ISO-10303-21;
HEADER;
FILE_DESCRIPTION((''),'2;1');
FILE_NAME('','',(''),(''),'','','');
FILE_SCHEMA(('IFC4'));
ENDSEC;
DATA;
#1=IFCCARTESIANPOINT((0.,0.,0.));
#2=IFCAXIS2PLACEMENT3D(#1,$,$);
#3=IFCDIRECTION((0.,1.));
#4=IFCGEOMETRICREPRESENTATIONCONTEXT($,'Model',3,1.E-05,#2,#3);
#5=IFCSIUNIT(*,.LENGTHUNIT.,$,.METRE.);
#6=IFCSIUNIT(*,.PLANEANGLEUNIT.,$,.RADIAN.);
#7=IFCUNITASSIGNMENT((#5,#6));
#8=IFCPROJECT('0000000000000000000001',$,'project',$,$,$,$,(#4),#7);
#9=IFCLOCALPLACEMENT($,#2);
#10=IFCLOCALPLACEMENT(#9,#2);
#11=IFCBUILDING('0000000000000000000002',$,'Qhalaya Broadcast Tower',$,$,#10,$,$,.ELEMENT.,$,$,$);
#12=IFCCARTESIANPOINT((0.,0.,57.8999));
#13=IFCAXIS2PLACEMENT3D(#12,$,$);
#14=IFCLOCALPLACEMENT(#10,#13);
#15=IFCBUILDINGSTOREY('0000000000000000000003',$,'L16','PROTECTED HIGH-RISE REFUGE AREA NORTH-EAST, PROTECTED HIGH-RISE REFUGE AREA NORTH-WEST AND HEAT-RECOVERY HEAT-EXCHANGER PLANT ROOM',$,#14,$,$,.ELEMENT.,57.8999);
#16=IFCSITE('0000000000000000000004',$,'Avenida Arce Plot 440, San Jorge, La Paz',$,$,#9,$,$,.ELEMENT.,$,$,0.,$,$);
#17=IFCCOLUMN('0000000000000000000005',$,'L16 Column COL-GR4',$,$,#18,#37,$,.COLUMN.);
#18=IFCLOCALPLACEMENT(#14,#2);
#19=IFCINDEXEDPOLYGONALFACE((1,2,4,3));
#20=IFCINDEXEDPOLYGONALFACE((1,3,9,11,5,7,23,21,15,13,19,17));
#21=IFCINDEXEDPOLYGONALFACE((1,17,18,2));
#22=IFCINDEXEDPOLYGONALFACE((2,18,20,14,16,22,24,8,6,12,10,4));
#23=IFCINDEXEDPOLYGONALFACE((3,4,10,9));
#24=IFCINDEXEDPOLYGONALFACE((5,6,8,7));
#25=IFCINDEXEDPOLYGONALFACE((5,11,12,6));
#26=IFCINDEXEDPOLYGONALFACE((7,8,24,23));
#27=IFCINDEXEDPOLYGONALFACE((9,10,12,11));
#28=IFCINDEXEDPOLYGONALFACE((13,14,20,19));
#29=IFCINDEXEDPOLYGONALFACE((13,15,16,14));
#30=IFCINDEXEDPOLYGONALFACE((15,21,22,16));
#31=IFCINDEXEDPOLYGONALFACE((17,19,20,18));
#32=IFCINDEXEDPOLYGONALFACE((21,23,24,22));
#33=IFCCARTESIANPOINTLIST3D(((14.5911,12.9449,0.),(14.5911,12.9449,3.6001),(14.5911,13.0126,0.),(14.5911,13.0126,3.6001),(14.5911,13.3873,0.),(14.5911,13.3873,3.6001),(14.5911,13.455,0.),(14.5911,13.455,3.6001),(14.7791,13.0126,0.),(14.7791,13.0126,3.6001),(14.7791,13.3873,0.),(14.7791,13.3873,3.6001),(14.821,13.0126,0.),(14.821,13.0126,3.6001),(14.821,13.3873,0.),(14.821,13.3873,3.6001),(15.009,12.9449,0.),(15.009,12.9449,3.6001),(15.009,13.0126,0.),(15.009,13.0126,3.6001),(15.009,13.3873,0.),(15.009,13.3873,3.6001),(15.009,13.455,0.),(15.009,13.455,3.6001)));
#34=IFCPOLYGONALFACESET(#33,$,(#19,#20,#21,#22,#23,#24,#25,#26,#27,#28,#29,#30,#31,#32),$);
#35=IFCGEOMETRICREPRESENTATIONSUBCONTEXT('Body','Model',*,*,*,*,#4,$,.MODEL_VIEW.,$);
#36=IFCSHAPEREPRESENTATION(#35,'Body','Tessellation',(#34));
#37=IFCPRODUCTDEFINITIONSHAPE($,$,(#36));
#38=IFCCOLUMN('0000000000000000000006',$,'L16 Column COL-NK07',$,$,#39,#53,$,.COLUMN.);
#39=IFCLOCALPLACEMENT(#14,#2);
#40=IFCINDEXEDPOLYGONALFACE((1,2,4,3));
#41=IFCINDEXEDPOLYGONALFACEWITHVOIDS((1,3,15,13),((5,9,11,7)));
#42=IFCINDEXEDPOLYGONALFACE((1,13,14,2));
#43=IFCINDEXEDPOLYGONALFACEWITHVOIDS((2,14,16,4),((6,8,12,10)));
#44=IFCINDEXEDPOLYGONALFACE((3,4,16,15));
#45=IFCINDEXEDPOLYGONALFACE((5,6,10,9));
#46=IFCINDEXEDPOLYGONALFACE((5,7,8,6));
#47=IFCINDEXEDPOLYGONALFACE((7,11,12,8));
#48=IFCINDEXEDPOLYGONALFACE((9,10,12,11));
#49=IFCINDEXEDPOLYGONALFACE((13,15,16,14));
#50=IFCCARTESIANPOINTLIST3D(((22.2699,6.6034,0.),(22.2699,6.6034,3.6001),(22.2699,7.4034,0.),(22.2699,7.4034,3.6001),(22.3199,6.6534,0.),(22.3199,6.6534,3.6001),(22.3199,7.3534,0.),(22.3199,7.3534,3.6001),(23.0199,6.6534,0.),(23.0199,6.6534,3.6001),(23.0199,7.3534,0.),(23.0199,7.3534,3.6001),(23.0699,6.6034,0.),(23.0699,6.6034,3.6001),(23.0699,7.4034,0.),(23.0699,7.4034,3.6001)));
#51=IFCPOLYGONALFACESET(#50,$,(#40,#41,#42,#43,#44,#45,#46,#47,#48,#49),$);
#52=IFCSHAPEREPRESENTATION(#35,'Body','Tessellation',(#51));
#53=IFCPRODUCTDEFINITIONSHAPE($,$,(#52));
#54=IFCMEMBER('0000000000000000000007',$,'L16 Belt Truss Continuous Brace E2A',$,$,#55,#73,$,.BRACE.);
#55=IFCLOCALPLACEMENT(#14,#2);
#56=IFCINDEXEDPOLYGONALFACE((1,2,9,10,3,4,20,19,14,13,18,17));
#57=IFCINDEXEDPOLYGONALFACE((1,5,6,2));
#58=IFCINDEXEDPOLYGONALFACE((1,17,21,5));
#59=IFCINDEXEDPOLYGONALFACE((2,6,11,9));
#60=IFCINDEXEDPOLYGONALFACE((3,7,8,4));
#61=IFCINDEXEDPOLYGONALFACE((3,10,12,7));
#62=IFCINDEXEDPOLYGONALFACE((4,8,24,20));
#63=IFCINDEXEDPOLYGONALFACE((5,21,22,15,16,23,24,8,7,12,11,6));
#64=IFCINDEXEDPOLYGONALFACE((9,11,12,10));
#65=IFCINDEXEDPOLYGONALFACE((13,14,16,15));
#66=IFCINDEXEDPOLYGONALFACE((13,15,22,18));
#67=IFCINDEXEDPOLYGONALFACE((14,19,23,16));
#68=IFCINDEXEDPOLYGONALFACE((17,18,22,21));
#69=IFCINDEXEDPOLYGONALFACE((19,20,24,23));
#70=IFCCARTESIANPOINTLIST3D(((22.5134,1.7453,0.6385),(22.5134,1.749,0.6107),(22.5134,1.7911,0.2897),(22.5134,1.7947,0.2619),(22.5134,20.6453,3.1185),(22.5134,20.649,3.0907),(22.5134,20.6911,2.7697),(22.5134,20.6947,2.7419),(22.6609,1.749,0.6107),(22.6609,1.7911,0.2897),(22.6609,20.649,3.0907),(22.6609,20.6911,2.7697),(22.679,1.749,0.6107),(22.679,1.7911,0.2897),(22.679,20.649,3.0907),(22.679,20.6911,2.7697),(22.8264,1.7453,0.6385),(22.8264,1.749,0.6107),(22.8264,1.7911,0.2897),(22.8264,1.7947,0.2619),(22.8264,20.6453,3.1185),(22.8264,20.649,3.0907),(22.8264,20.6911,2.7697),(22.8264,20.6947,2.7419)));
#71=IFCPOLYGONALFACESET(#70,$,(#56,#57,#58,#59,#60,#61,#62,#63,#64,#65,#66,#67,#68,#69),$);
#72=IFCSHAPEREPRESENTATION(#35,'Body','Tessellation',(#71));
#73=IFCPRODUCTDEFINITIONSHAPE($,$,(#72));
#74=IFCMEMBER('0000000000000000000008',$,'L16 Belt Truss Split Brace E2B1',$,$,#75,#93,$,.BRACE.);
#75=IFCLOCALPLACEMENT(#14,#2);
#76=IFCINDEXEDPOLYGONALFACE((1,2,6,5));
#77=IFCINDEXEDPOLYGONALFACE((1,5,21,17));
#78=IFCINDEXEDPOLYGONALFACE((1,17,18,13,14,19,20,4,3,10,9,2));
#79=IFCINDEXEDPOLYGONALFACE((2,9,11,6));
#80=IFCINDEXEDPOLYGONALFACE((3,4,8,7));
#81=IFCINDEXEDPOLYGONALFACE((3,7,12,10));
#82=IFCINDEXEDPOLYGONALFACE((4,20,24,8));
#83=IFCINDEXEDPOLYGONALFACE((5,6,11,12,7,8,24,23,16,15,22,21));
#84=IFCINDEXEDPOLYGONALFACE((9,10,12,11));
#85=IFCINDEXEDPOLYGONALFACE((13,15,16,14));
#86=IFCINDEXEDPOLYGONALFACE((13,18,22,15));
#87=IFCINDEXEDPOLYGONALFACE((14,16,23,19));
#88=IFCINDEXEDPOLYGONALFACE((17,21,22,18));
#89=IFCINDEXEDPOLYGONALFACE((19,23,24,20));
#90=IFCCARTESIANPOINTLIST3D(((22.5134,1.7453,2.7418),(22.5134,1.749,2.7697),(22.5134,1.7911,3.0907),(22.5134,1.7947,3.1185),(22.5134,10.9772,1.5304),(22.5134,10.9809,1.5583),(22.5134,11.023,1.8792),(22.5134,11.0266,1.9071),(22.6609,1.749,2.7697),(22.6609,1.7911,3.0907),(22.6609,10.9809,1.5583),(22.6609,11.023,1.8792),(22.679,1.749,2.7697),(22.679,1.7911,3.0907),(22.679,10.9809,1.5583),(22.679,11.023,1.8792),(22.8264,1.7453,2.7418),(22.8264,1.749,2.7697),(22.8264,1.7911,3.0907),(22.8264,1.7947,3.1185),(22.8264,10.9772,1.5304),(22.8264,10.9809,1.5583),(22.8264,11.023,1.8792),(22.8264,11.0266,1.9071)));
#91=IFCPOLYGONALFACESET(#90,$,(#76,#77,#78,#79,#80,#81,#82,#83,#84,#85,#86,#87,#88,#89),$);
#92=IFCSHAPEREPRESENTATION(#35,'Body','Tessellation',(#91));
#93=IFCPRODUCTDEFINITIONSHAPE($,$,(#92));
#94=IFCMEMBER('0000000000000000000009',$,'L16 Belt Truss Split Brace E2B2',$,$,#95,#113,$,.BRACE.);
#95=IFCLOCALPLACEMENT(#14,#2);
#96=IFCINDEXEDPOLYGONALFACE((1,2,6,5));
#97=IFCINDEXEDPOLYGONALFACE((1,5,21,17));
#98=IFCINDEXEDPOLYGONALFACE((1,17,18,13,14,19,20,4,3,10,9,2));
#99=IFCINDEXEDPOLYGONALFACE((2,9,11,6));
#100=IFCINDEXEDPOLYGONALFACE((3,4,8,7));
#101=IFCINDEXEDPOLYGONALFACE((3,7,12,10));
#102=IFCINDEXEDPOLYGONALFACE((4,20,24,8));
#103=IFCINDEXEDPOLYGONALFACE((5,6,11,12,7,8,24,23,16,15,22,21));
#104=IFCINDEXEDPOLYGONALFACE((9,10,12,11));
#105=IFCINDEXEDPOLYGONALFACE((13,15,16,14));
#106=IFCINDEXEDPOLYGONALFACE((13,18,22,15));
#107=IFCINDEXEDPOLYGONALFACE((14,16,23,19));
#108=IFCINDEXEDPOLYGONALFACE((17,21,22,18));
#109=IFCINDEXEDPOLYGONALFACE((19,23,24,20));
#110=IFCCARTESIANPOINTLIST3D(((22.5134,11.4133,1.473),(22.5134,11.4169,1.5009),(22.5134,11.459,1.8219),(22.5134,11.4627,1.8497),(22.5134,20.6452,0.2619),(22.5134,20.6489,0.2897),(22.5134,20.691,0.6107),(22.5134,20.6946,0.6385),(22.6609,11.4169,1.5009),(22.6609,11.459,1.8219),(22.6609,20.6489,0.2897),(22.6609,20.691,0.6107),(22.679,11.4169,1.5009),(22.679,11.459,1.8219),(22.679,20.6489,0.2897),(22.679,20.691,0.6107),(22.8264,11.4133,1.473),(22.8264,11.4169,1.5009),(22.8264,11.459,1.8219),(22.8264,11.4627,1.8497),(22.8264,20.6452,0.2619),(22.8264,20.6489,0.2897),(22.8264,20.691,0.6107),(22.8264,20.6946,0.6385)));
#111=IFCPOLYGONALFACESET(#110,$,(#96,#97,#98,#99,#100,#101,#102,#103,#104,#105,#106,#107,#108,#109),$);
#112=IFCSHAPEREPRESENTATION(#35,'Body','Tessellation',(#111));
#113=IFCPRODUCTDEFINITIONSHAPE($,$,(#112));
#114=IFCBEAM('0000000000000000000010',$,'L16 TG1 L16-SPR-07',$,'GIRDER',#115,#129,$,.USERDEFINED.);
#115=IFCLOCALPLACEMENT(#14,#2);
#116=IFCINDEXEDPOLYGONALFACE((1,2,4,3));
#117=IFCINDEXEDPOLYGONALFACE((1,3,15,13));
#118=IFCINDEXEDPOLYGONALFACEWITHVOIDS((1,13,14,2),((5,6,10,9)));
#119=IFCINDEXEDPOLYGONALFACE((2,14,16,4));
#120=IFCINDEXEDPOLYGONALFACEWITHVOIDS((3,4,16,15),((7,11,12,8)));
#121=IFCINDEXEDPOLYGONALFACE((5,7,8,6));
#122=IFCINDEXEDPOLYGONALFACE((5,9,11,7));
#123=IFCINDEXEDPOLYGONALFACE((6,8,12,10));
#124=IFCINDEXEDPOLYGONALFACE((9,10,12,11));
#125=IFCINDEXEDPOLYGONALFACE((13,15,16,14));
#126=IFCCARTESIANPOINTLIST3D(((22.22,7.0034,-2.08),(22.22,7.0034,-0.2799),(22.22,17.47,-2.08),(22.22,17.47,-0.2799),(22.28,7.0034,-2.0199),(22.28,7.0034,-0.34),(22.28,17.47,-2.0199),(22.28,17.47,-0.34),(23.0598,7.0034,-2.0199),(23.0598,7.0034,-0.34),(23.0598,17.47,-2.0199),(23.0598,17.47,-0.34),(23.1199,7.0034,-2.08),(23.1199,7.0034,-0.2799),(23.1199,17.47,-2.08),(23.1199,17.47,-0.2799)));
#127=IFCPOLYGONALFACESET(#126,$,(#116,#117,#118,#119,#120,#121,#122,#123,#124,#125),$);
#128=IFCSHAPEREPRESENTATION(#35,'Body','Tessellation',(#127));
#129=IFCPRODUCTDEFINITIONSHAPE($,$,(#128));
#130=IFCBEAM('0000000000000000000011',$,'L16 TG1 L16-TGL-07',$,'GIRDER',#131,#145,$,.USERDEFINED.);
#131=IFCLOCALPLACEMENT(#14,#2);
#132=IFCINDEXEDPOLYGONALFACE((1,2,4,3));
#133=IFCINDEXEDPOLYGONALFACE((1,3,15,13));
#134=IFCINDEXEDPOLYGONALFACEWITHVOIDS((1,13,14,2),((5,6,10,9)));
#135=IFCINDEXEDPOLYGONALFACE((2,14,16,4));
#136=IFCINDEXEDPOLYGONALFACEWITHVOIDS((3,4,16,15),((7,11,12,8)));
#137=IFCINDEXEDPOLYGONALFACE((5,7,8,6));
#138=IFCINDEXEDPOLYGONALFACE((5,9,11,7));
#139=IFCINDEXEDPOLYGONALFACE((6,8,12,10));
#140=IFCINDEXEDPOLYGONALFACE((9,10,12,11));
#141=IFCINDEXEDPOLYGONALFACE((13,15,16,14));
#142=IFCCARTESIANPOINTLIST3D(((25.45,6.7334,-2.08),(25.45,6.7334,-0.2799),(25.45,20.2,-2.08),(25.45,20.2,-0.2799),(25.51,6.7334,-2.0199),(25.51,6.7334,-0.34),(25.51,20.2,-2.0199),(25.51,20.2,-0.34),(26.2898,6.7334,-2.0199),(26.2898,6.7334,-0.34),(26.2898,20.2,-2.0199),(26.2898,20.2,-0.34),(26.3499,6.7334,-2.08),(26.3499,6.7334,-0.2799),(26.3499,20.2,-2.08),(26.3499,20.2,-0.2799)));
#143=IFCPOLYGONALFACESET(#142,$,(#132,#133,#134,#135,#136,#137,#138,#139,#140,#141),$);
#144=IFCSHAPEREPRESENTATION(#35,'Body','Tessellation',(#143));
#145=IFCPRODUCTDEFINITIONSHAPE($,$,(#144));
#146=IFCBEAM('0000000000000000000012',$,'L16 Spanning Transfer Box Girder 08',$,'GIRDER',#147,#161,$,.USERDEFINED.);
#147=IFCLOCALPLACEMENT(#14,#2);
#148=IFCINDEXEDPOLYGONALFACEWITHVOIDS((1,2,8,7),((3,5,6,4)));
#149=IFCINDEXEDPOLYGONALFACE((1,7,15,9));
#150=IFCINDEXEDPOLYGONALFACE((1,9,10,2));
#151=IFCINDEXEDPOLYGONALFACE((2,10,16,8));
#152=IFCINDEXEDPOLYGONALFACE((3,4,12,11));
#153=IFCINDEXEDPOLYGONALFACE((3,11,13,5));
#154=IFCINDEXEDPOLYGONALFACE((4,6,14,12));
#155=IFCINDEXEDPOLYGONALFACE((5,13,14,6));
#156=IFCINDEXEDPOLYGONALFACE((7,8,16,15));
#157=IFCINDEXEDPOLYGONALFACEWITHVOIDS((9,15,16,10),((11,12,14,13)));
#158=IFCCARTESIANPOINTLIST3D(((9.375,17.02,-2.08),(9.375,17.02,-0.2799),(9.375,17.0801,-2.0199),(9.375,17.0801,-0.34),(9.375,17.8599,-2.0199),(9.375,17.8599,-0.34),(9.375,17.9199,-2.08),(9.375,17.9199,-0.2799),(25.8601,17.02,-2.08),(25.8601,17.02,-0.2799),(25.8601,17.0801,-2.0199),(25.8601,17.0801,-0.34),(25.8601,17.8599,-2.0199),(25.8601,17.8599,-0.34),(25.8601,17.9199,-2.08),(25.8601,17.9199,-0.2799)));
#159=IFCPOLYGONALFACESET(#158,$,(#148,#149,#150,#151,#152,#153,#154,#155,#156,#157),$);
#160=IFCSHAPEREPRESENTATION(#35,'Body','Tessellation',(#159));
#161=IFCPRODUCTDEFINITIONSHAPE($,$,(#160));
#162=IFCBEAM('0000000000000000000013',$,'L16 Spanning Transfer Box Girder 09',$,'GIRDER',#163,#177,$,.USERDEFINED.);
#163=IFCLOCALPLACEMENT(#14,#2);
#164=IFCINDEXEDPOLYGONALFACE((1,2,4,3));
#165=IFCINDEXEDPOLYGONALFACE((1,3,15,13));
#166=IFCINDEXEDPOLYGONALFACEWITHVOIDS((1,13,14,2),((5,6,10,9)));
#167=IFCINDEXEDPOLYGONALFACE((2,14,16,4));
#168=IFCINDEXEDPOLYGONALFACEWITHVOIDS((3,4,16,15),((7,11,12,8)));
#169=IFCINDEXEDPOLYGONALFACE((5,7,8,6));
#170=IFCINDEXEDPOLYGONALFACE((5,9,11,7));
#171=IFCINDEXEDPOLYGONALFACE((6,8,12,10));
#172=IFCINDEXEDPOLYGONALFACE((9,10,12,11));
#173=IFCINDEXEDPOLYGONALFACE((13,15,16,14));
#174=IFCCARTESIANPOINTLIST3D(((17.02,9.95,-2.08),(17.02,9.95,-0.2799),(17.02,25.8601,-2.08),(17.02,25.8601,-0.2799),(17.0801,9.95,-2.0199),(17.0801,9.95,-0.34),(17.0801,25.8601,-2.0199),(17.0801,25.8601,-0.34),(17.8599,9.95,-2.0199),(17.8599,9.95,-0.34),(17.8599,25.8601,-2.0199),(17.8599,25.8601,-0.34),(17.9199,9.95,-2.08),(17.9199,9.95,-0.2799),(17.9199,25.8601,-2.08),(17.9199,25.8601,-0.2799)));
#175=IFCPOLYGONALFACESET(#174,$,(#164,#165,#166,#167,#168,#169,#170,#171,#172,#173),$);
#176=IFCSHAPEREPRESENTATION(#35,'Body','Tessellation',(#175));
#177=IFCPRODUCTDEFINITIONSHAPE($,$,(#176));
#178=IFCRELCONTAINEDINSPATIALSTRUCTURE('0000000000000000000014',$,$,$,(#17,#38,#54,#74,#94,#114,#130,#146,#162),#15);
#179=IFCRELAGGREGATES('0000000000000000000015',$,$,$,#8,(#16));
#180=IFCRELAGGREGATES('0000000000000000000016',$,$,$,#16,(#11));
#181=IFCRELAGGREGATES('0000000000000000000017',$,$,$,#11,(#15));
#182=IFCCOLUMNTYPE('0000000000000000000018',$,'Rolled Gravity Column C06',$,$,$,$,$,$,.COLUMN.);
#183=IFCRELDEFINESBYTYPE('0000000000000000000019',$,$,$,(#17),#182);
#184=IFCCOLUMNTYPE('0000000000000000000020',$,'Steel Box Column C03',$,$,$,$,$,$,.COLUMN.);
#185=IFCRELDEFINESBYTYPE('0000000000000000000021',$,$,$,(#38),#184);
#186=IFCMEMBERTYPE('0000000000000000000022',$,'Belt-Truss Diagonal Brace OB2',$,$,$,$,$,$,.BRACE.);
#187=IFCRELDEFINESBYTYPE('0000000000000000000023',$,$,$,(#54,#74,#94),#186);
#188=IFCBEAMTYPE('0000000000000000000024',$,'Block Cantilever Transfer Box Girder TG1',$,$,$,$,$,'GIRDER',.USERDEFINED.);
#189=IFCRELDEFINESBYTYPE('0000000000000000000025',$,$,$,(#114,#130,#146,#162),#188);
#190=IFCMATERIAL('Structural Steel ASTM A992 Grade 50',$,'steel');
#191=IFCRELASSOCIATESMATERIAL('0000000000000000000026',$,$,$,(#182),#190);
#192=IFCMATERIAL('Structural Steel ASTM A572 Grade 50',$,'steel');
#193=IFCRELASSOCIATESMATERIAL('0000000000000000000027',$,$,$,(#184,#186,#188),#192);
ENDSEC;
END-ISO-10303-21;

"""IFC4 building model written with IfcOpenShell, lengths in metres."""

from ifc_helpers import new_model, si_unit, direction, frame, origin, origin_2d, place, context, subcontext, project, spatial, hollow_rectangle, i_section, extrude, material, material_profile, profile_set, type_object, element, save


model = new_model("IFC4")

# Units and contexts
model_context = context("Model", 3, precision=1e-05, world=origin(), true_north=direction((0.0, 1.0)))
body_context = subcontext(model_context, "Body", "Model", "MODEL_VIEW")
ifc_project = project(units=[si_unit("LENGTHUNIT", "METRE"), si_unit("PLANEANGLEUNIT", "RADIAN")], contexts=[model_context])

# Site, building, storey
site_placement = place(None, origin())
site = spatial("IfcSite", under=ifc_project, at=site_placement, Name="Avenida Arce Plot 440, San Jorge, La Paz", CompositionType="ELEMENT", RefElevation=0.0)
building_placement = place(site_placement, origin())
building = spatial("IfcBuilding", under=site, at=building_placement, Name="Qhalaya Broadcast Tower", CompositionType="ELEMENT")
storey_placement = place(building_placement, frame((0.0, 0.0, 57.8999)))
storey = spatial("IfcBuildingStorey", under=building, at=storey_placement, Name="L16", Description="PROTECTED HIGH-RISE REFUGE AREA NORTH-EAST, PROTECTED HIGH-RISE REFUGE AREA NORTH-WEST AND HEAT-RECOVERY HEAT-EXCHANGER PLANT ROOM", CompositionType="ELEMENT", Elevation=57.8999)

# Columns
ifc_material_1 = material(Name="Structural Steel ASTM A992 Grade 50", Category="steel")
ifc_material_profile_1 = material_profile(ifc_material_1, i_section(OverallWidth=0.418, OverallDepth=0.51, WebThickness=0.042, FlangeThickness=0.0676, at=origin_2d()), Name="W14X370")
ifc_profile_set_1 = profile_set([ifc_material_profile_1], Name="Structural Steel ASTM A992 Grade 50")
column_type_1 = type_object("IfcColumnType", Name="Rolled Gravity Column C06", PredefinedType="COLUMN", material=ifc_profile_set_1)
column_1_placement = place(storey_placement, frame((14.8, 13.2, 0.0), z_axis=(0.0, 0.0, 1.0), x_axis=(1.0, 0.0, 0.0)))
element("IfcColumn", 1, at=column_1_placement, inside=storey, type_object=column_type_1, Name="L16 Column COL-GR4", PredefinedType="COLUMN", context=body_context, shape_type="SweptSolid", body=[
    extrude(i_section(OverallWidth=0.418, OverallDepth=0.51, WebThickness=0.042, FlangeThickness=0.0676, at=origin_2d()), origin(), (0.0, 0.0, 1.0), 3.6001),
])
ifc_material_2 = material(Name="Structural Steel ASTM A572 Grade 50", Category="steel")
ifc_material_profile_2 = material_profile(ifc_material_2, hollow_rectangle(XDim=0.8, YDim=0.8, WallThickness=0.05, at=origin_2d()), Name="BOX 800x800x50")
ifc_profile_set_2 = profile_set([ifc_material_profile_2], Name="Structural Steel ASTM A572 Grade 50")
column_type_2 = type_object("IfcColumnType", Name="Steel Box Column C03", PredefinedType="COLUMN", material=ifc_profile_set_2)
column_2_placement = place(storey_placement, frame((22.6699, 7.0034, 0.0), z_axis=(0.0, 0.0, 1.0), x_axis=(0.0, 1.0, 0.0)))
element("IfcColumn", 2, at=column_2_placement, inside=storey, type_object=column_type_2, Name="L16 Column COL-NK07", PredefinedType="COLUMN", context=body_context, shape_type="SweptSolid", body=[
    extrude(hollow_rectangle(XDim=0.8, YDim=0.8, WallThickness=0.05, at=origin_2d()), origin(), (0.0, 0.0, 1.0), 3.6001),
])

# Members
ifc_material_profile_3 = material_profile(ifc_material_2, i_section(OverallWidth=0.313, OverallDepth=0.3799, WebThickness=0.0181, FlangeThickness=0.0281, at=origin_2d()), Name="W12X120")
ifc_profile_set_3 = profile_set([ifc_material_profile_3], Name="Structural Steel ASTM A572 Grade 50")
member_type = type_object("IfcMemberType", Name="Belt-Truss Diagonal Brace OB2", PredefinedType="BRACE", material=ifc_profile_set_3)
member_placement = place(storey_placement, frame((22.6699, 1.77, 0.4502), z_axis=(0.0, 0.991501, 0.130101), x_axis=(-1.0, 0.0, 0.0)))
element("IfcMember", 3, at=member_placement, inside=storey, type_object=member_type, Name="L16 Belt Truss Continuous Brace E2A", PredefinedType="BRACE", context=body_context, shape_type="SweptSolid", body=[
    extrude(i_section(OverallWidth=0.313, OverallDepth=0.3799, WebThickness=0.0181, FlangeThickness=0.0281, at=origin_2d()), origin(), (0.0, 0.0, 1.0), 19.062),
])
for number, where, z_axis, x_axis, name in (
    (4, (22.6699, 1.77, 2.9302), (0.0, 0.9915, -0.130106), (-1.0, 0.0, 0.0), "L16 Belt Truss Split Brace E2B1"),
    (5, (22.6699, 11.438, 1.6614), (0.0, 0.991503, -0.13008), (-1.0, 0.0, 0.0), "L16 Belt Truss Split Brace E2B2"),
):
    element("IfcMember", number, at=place(storey_placement, frame(where, z_axis=z_axis, x_axis=x_axis)), inside=storey, type_object=member_type, Name=name, PredefinedType="BRACE", context=body_context, shape_type="SweptSolid", body=[
        extrude(i_section(OverallWidth=0.313, OverallDepth=0.3799, WebThickness=0.0181, FlangeThickness=0.0281, at=origin_2d()), origin(), (0.0, 0.0, 1.0), 9.311),
    ])

# Beams
ifc_material_profile_4 = material_profile(ifc_material_2, hollow_rectangle(XDim=0.8999, YDim=1.8, WallThickness=0.0601, at=origin_2d()), Name="BOX 900x1800x60")
ifc_profile_set_4 = profile_set([ifc_material_profile_4], Name="Structural Steel ASTM A572 Grade 50")
beam_type = type_object("IfcBeamType", Name="Block Cantilever Transfer Box Girder TG1", ElementType="GIRDER", PredefinedType="USERDEFINED", material=ifc_profile_set_4)
beam_1_placement = place(storey_placement, frame((22.6699, 7.0034, -1.1799), z_axis=(0.0, 1.0, 0.0), x_axis=(-1.0, 0.0, 0.0)))
element("IfcBeam", 6, at=beam_1_placement, inside=storey, type_object=beam_type, Name="L16 TG1 L16-SPR-07", ObjectType="GIRDER", PredefinedType="USERDEFINED", context=body_context, shape_type="SweptSolid", body=[
    extrude(hollow_rectangle(XDim=0.8999, YDim=1.8, WallThickness=0.0601, at=origin_2d()), origin(), (0.0, 0.0, 1.0), 10.4666),
])
beam_2_placement = place(storey_placement, frame((25.8999, 6.7334, -1.1799), z_axis=(0.0, 1.0, 0.0), x_axis=(-1.0, 0.0, 0.0)))
element("IfcBeam", 7, at=beam_2_placement, inside=storey, type_object=beam_type, Name="L16 TG1 L16-TGL-07", ObjectType="GIRDER", PredefinedType="USERDEFINED", context=body_context, shape_type="SweptSolid", body=[
    extrude(hollow_rectangle(XDim=0.8999, YDim=1.8, WallThickness=0.0601, at=origin_2d()), origin(), (0.0, 0.0, 1.0), 13.4666),
])
beam_3_placement = place(storey_placement, frame((9.375, 17.47, -1.1799), z_axis=(1.0, 0.0, 0.0), x_axis=(0.0, 1.0, 0.0)))
element("IfcBeam", 8, at=beam_3_placement, inside=storey, type_object=beam_type, Name="L16 Spanning Transfer Box Girder 08", ObjectType="GIRDER", PredefinedType="USERDEFINED", context=body_context, shape_type="SweptSolid", body=[
    extrude(hollow_rectangle(XDim=0.8999, YDim=1.8, WallThickness=0.0601, at=origin_2d()), origin(), (0.0, 0.0, 1.0), 16.4851),
])
beam_4_placement = place(storey_placement, frame((17.47, 9.95, -1.1799), z_axis=(0.0, 1.0, 0.0), x_axis=(-1.0, 0.0, 0.0)))
element("IfcBeam", 9, at=beam_4_placement, inside=storey, type_object=beam_type, Name="L16 Spanning Transfer Box Girder 09", ObjectType="GIRDER", PredefinedType="USERDEFINED", context=body_context, shape_type="SweptSolid", body=[
    extrude(hollow_rectangle(XDim=0.8999, YDim=1.8, WallThickness=0.0601, at=origin_2d()), origin(), (0.0, 0.0, 1.0), 15.9102),
])

save(model, "model.ifc")
